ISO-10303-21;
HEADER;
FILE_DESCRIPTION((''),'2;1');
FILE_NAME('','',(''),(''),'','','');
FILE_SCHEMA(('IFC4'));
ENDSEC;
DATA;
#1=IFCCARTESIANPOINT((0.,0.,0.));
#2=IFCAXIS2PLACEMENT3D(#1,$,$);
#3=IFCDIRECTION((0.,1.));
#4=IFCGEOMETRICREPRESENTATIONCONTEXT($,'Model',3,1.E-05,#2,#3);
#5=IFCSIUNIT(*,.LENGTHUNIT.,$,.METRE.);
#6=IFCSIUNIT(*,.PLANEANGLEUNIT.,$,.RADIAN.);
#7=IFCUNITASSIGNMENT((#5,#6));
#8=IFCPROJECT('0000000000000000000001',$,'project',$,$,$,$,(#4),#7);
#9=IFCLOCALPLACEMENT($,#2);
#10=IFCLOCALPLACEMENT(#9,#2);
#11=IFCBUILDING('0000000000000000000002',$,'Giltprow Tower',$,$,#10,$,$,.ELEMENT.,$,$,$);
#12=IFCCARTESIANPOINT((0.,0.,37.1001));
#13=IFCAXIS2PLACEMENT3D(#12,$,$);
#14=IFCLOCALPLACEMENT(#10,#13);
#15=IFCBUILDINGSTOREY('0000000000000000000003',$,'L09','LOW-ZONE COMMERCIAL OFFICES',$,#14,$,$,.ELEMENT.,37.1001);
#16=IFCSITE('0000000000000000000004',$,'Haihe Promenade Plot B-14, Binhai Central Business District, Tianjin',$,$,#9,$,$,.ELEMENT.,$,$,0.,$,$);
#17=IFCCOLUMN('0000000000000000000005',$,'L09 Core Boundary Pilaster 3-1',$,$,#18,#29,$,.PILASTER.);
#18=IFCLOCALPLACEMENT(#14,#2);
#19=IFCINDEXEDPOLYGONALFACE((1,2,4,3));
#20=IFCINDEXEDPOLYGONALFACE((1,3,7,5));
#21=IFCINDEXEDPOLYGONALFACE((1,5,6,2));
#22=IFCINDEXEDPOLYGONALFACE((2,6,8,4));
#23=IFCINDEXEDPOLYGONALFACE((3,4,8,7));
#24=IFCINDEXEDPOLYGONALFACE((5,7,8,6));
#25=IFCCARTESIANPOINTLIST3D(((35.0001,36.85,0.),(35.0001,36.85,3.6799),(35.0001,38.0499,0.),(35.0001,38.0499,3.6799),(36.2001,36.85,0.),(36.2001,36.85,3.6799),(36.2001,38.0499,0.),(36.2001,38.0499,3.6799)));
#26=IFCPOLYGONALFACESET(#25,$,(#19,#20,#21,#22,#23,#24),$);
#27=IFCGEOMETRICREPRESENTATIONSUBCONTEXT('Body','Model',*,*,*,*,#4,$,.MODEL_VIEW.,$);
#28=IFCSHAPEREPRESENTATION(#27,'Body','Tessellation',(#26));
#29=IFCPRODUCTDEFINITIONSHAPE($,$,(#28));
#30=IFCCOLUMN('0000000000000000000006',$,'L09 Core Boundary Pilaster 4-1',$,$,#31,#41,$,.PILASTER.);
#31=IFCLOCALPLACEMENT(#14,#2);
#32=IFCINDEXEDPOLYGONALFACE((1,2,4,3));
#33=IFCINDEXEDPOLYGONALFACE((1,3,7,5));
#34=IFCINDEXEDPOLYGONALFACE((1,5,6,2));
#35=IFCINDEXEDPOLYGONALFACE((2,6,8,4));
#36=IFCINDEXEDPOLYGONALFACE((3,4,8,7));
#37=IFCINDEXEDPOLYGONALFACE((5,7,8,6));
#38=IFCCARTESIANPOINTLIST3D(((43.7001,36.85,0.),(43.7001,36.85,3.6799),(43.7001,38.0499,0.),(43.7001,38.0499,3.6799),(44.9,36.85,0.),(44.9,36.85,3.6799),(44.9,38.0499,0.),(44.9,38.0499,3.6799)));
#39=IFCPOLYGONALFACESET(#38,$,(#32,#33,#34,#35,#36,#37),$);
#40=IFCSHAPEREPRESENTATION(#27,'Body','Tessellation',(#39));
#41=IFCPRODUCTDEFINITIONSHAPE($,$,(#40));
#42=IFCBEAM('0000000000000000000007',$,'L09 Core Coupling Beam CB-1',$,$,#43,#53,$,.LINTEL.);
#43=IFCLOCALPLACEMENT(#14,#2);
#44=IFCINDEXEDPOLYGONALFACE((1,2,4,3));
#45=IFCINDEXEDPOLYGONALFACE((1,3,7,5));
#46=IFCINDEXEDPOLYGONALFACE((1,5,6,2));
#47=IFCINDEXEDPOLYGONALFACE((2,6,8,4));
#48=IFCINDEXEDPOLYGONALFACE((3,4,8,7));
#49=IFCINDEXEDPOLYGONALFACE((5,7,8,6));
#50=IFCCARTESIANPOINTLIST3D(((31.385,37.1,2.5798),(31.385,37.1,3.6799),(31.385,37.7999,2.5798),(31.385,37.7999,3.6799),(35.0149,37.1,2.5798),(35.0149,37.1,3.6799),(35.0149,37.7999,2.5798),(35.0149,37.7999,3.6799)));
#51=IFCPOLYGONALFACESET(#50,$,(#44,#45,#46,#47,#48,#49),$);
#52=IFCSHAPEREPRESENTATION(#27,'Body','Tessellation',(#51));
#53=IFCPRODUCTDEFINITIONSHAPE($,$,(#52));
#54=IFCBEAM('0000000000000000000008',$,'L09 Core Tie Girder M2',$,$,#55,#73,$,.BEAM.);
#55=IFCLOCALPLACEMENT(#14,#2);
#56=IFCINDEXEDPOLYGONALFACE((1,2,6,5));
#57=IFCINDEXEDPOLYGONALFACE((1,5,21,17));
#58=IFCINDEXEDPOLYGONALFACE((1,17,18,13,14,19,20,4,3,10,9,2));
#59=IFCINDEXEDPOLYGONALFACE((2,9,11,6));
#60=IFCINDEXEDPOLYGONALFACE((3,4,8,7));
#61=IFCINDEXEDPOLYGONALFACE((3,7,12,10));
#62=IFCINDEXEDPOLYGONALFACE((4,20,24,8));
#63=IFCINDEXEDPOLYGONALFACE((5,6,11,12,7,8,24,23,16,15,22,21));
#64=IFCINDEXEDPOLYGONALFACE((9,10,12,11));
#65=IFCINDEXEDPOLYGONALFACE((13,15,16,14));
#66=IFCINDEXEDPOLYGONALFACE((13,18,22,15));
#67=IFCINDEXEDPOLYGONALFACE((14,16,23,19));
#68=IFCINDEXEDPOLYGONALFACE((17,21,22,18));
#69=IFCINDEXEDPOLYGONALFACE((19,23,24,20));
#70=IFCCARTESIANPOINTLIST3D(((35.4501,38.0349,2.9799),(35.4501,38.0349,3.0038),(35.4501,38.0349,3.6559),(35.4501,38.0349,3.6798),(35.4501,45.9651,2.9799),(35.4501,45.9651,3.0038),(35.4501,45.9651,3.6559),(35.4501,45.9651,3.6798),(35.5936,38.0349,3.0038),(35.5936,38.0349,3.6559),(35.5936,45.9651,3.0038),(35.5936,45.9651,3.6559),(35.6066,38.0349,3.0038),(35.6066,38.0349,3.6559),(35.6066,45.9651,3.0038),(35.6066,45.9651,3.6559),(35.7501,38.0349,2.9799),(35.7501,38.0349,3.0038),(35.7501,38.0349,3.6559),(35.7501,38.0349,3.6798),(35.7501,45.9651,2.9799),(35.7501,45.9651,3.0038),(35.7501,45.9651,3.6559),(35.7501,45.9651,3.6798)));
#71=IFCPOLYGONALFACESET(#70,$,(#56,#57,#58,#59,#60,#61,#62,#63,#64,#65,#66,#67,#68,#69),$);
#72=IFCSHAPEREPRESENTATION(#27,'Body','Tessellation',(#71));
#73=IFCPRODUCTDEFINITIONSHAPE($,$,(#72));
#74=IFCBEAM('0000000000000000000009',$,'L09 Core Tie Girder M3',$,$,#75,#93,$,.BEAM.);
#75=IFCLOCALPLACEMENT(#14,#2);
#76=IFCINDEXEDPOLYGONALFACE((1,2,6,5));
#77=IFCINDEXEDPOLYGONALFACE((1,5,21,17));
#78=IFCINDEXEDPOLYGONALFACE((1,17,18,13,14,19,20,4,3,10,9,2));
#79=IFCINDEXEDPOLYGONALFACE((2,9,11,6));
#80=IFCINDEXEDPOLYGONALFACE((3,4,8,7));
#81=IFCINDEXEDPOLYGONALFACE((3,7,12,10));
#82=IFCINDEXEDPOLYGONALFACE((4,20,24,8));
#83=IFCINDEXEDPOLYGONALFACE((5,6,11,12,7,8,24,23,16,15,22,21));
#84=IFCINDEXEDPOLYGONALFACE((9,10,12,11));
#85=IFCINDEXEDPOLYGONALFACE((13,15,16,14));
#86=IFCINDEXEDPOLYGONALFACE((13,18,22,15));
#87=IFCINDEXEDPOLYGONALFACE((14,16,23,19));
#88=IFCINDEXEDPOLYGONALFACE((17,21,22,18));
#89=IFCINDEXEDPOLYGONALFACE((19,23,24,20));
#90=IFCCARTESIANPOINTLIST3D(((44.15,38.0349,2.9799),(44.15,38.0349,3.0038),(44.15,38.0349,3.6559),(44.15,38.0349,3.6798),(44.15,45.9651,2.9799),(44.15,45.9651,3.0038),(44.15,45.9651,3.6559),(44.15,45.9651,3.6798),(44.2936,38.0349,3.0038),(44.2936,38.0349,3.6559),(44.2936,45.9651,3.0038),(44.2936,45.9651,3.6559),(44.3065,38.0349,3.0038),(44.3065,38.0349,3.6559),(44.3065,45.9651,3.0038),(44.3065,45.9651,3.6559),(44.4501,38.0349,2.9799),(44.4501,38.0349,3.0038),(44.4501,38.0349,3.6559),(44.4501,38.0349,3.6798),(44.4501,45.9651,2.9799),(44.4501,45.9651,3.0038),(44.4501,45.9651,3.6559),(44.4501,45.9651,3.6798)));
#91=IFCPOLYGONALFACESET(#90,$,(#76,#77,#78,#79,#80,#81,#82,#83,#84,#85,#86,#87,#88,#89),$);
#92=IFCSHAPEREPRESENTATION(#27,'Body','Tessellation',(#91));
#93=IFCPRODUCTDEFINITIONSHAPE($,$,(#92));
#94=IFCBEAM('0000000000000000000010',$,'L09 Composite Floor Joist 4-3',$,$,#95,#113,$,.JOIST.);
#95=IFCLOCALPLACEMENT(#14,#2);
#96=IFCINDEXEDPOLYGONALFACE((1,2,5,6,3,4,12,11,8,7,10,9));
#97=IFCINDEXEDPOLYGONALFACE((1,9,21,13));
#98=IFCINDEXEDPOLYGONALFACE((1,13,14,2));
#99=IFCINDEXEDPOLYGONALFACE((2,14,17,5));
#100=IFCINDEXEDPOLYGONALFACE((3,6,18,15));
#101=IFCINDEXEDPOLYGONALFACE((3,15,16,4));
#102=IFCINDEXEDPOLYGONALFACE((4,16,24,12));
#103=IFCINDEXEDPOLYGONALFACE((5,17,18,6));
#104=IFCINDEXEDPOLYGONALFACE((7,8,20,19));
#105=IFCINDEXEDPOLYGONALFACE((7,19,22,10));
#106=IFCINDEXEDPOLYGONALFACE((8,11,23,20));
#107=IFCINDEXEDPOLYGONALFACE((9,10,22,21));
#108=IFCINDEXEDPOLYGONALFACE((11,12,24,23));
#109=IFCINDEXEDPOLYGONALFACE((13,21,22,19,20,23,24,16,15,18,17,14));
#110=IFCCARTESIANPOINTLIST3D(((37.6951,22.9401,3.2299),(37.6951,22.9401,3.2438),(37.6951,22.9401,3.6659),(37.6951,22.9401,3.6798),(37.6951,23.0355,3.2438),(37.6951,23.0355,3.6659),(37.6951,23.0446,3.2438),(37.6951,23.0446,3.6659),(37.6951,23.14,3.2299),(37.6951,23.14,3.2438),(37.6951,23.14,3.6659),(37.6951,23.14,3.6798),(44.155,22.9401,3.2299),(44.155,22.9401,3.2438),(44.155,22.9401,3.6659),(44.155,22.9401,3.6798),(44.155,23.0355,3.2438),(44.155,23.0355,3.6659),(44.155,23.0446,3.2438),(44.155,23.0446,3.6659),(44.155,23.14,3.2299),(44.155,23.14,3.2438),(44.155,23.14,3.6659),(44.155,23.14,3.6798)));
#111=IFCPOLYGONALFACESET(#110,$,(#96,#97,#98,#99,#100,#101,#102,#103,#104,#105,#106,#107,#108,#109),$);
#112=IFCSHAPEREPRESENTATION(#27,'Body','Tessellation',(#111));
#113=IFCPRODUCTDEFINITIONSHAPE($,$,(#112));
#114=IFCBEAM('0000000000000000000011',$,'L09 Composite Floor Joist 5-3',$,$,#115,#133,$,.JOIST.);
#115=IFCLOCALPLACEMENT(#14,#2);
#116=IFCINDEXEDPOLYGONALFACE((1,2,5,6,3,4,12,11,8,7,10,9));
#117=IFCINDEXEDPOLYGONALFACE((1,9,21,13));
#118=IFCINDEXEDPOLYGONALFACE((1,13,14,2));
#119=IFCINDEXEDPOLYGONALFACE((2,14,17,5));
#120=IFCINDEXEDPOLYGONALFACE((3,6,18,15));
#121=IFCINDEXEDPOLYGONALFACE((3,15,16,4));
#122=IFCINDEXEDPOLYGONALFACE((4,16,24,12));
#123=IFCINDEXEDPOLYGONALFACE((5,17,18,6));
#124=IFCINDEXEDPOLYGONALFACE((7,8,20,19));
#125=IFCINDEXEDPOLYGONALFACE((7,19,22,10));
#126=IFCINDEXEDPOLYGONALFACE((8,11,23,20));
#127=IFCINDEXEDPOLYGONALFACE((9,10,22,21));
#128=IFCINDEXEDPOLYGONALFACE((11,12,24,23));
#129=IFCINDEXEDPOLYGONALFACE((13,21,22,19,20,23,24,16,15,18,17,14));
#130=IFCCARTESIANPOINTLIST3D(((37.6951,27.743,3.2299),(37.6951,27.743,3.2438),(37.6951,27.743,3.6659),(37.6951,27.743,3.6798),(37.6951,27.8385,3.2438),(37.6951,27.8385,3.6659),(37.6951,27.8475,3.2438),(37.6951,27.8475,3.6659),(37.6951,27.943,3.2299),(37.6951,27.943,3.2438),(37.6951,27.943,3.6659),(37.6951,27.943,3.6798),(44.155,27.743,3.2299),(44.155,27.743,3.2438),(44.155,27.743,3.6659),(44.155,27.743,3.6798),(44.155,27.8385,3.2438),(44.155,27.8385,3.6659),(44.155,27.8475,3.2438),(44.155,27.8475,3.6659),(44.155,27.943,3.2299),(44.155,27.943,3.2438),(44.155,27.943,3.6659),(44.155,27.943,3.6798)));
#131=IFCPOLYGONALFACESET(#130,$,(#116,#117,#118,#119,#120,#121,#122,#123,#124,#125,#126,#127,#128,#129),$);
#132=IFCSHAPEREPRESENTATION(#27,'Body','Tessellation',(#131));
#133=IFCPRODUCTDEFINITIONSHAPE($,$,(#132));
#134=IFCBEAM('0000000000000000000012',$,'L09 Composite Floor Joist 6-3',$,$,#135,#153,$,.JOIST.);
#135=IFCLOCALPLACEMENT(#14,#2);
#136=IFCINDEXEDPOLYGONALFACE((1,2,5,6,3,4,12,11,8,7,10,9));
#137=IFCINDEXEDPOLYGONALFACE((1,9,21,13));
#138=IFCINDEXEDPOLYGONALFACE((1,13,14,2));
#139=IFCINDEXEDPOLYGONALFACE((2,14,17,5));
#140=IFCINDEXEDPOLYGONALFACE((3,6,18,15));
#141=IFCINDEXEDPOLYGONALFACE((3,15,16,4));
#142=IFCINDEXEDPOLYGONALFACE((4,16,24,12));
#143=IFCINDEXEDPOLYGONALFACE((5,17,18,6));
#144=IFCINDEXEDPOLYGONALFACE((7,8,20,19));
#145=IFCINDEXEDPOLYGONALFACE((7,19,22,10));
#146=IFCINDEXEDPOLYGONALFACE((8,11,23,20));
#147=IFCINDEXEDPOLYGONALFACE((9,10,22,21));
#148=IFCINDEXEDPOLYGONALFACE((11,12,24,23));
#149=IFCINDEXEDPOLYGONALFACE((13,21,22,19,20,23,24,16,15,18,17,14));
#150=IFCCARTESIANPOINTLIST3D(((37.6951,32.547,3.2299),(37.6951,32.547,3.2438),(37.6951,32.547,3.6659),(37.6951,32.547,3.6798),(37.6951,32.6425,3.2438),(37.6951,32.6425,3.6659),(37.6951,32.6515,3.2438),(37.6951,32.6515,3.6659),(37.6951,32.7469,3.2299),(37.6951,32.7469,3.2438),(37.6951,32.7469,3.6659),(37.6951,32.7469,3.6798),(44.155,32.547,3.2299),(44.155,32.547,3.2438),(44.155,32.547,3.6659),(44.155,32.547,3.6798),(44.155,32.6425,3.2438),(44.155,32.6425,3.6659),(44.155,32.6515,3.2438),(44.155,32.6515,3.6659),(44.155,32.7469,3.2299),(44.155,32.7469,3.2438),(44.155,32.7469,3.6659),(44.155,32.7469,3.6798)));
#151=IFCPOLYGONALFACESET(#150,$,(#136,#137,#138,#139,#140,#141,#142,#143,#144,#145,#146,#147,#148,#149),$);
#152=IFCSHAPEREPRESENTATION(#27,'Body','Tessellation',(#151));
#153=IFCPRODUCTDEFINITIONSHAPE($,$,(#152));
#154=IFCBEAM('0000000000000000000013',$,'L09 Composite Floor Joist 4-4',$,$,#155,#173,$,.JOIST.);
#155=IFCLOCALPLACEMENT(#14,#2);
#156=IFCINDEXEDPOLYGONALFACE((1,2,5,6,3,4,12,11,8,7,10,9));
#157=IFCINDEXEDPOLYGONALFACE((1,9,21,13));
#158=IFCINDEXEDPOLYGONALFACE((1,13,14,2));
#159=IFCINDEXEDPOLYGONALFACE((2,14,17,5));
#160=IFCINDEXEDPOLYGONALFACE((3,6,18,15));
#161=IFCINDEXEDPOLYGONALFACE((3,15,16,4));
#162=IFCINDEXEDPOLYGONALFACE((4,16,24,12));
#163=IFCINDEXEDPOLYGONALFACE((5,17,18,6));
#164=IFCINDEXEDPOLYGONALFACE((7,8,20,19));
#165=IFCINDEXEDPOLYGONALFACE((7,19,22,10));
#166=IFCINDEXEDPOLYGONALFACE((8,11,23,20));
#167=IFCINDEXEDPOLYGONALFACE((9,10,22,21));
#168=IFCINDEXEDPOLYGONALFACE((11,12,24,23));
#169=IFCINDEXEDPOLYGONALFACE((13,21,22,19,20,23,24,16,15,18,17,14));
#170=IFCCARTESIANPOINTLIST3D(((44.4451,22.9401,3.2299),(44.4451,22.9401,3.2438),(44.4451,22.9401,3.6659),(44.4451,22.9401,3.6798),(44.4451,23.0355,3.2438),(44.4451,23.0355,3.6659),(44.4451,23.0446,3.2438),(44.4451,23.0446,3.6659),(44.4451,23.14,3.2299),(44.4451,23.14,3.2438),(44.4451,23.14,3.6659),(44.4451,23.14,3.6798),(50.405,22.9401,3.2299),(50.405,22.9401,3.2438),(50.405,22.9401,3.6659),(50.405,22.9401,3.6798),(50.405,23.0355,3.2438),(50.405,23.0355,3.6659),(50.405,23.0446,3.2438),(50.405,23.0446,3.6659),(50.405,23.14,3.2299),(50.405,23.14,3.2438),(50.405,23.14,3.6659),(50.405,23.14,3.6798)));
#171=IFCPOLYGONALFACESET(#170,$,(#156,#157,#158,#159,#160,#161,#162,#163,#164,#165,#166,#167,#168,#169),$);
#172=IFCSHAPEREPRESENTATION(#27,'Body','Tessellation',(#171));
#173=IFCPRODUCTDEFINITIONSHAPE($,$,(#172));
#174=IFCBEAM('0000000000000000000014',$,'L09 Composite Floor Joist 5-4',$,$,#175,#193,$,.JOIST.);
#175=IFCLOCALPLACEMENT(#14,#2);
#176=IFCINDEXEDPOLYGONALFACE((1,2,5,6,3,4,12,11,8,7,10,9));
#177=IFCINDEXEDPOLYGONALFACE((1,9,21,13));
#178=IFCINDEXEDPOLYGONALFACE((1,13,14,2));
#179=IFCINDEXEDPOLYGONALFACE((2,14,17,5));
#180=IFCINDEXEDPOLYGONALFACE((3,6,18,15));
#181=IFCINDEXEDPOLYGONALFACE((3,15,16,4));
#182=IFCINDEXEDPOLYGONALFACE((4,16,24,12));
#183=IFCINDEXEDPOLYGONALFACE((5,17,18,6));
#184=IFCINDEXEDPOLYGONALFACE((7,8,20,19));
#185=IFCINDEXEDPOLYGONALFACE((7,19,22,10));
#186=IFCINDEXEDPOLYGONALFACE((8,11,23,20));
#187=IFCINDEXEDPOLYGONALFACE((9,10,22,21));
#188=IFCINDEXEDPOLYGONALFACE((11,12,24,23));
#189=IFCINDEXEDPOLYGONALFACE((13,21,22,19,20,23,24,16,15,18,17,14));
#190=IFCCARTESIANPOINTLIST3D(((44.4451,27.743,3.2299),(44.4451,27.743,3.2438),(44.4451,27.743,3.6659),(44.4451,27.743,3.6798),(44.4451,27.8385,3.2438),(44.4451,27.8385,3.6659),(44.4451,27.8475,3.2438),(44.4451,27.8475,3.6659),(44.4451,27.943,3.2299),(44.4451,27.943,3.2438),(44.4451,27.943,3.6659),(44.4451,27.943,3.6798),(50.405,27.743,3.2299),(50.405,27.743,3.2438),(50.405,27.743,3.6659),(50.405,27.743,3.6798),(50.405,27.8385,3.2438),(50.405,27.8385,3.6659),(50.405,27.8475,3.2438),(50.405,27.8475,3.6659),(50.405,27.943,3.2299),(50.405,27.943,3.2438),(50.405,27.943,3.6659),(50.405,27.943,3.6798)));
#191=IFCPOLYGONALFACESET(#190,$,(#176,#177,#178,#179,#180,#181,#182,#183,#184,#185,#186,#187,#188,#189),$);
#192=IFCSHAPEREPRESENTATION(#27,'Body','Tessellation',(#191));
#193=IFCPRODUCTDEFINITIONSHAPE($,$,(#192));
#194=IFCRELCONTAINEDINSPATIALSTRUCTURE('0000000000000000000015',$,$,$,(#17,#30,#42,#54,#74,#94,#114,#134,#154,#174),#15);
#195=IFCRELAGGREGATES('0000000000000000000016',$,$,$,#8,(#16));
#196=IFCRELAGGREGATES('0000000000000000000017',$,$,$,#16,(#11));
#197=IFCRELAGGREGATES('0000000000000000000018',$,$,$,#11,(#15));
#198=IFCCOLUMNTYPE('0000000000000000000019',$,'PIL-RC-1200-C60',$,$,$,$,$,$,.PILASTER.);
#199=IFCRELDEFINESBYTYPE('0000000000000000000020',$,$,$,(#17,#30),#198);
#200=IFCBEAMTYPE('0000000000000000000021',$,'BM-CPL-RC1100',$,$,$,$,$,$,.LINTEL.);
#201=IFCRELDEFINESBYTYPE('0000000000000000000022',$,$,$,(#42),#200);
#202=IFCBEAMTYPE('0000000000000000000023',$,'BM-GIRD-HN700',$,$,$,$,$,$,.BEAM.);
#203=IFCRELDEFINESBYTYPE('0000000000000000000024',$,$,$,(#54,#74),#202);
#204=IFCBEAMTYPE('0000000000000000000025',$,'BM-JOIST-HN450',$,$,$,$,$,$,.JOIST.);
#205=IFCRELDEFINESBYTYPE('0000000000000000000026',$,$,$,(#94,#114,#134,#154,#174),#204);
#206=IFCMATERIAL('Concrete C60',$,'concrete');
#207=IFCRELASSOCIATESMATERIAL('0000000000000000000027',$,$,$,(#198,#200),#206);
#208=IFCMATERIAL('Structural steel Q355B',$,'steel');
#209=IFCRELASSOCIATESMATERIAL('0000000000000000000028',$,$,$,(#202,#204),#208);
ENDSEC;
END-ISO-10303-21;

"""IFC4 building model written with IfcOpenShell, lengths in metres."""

from ifc_helpers import new_model, si_unit, direction, frame, origin, origin_2d, place, context, subcontext, project, spatial, rectangle, i_section, extrude, source, transform, mapped, material, material_profile, profile_set, type_object, element, save


model = new_model("IFC4")

# Units and contexts
model_context = context("Model", 3, precision=1e-05, world=origin(), true_north=direction((0.0, 1.0)))
body_context = subcontext(model_context, "Body", "Model", "MODEL_VIEW")
ifc_project = project(units=[si_unit("LENGTHUNIT", "METRE"), si_unit("PLANEANGLEUNIT", "RADIAN")], contexts=[model_context])

# Site, building, storey
site_placement = place(None, origin())
site = spatial("IfcSite", under=ifc_project, at=site_placement, Name="Haihe Promenade Plot B-14, Binhai Central Business District, Tianjin", CompositionType="ELEMENT", RefElevation=0.0)
building_placement = place(site_placement, origin())
building = spatial("IfcBuilding", under=site, at=building_placement, Name="Giltprow Tower", CompositionType="ELEMENT")
storey_placement = place(building_placement, frame((0.0, 0.0, 37.1001)))
storey = spatial("IfcBuildingStorey", under=building, at=storey_placement, Name="L09", Description="LOW-ZONE COMMERCIAL OFFICES", CompositionType="ELEMENT", Elevation=37.1001)

# Columns
ifc_material_1 = material(Name="Concrete C60", Category="concrete")
ifc_material_profile_1 = material_profile(ifc_material_1, rectangle(XDim=1.2, YDim=1.2, at=origin_2d()), Name="RC 1200x1200")
ifc_profile_set_1 = profile_set([ifc_material_profile_1], Name="Concrete C60")
column_type = type_object("IfcColumnType", Name="PIL-RC-1200-C60", PredefinedType="PILASTER", material=ifc_profile_set_1)
shared_shape_1 = source(origin(), body_context, "Body", "SweptSolid", [
    extrude(rectangle(XDim=1.2, YDim=1.2, at=origin_2d()), origin(), (0.0, 0.0, 1.0), 3.6799),
])
for number, where, z_axis, x_axis, name in (
    (1, (35.6001, 37.45, 0.0), (0.0, 0.0, 1.0), (1.0, 0.0, 0.0), "L09 Core Boundary Pilaster 3-1"),
    (2, (44.3, 37.45, 0.0), (0.0, 0.0, 1.0), (1.0, 0.0, 0.0), "L09 Core Boundary Pilaster 4-1"),
):
    element("IfcColumn", number, at=place(storey_placement, frame(where, z_axis=z_axis, x_axis=x_axis)), inside=storey, type_object=column_type, Name=name, PredefinedType="PILASTER", context=body_context, shape_type="MappedRepresentation", body=[
        mapped(shared_shape_1, transform((0.0, 0.0, 0.0), x_axis=(1.0, 0.0, 0.0), y_axis=(0.0, 1.0, 0.0), z_axis=(0.0, 0.0, 1.0), scale=1.0)),
    ])

# Beams
ifc_material_profile_2 = material_profile(ifc_material_1, rectangle(XDim=0.7, YDim=1.1001, at=origin_2d()), Name="RC 1100x700")
ifc_profile_set_2 = profile_set([ifc_material_profile_2], Name="Concrete C60")
beam_type_1 = type_object("IfcBeamType", Name="BM-CPL-RC1100", PredefinedType="LINTEL", material=ifc_profile_set_2)
shared_shape_2 = source(origin(), body_context, "Body", "SweptSolid", [
    extrude(rectangle(XDim=0.7, YDim=1.1001, at=origin_2d()), origin(), (0.0, 0.0, 1.0), 3.6299),
])
beam_placement = place(storey_placement, frame((31.385, 37.45, 3.1299), z_axis=(1.0, 0.0, 0.0), x_axis=(0.0, 1.0, 0.0)))
element("IfcBeam", 3, at=beam_placement, inside=storey, type_object=beam_type_1, Name="L09 Core Coupling Beam CB-1", PredefinedType="LINTEL", context=body_context, shape_type="MappedRepresentation", body=[
    mapped(shared_shape_2, transform((0.0, 0.0, 0.0), x_axis=(1.0, 0.0, 0.0), y_axis=(0.0, 1.0, 0.0), z_axis=(0.0, 0.0, 1.0), scale=1.0)),
])
ifc_material_2 = material(Name="Structural steel Q355B", Category="steel")
ifc_material_profile_3 = material_profile(ifc_material_2, i_section(OverallWidth=0.3, OverallDepth=0.7, WebThickness=0.0129, FlangeThickness=0.0239, at=origin_2d()), Name="HN 700x300x13x24")
ifc_profile_set_3 = profile_set([ifc_material_profile_3], Name="Structural steel Q355B")
beam_type_2 = type_object("IfcBeamType", Name="BM-GIRD-HN700", PredefinedType="BEAM", material=ifc_profile_set_3)
shared_shape_3 = source(origin(), body_context, "Body", "SweptSolid", [
    extrude(i_section(OverallWidth=0.3, OverallDepth=0.7, WebThickness=0.0129, FlangeThickness=0.0239, at=origin_2d()), origin(), (0.0, 0.0, 1.0), 7.9302),
])
for number, where, z_axis, x_axis, name in (
    (4, (35.6001, 38.0349, 3.3298), (0.0, 1.0, 0.0), (-1.0, 0.0, 0.0), "L09 Core Tie Girder M2"),
    (5, (44.3, 38.0349, 3.3298), (0.0, 1.0, 0.0), (-1.0, 0.0, 0.0), "L09 Core Tie Girder M3"),
):
    element("IfcBeam", number, at=place(storey_placement, frame(where, z_axis=z_axis, x_axis=x_axis)), inside=storey, type_object=beam_type_2, Name=name, PredefinedType="BEAM", context=body_context, shape_type="MappedRepresentation", body=[
        mapped(shared_shape_3, transform((0.0, 0.0, 0.0), x_axis=(1.0, 0.0, 0.0), y_axis=(0.0, 1.0, 0.0), z_axis=(0.0, 0.0, 1.0), scale=1.0)),
    ])
ifc_material_profile_4 = material_profile(ifc_material_2, i_section(OverallWidth=0.2, OverallDepth=0.45, WebThickness=0.009, FlangeThickness=0.0139, at=origin_2d()), Name="HN 450x200x9x14")
ifc_profile_set_4 = profile_set([ifc_material_profile_4], Name="Structural steel Q355B")
beam_type_3 = type_object("IfcBeamType", Name="BM-JOIST-HN450", PredefinedType="JOIST", material=ifc_profile_set_4)
shared_shape_4 = source(origin(), body_context, "Body", "SweptSolid", [
    extrude(i_section(OverallWidth=0.2, OverallDepth=0.45, WebThickness=0.009, FlangeThickness=0.0139, at=origin_2d()), origin(), (0.0, 0.0, 1.0), 6.46),
])
for number, where, z_axis, x_axis, name in (
    (6, (37.6951, 23.04, 3.4548), (1.0, 0.0, 0.0), (0.0, 1.0, 0.0), "L09 Composite Floor Joist 4-3"),
    (7, (37.6951, 27.843, 3.4548), (1.0, 0.0, 0.0), (0.0, 1.0, 0.0), "L09 Composite Floor Joist 5-3"),
    (8, (37.6951, 32.647, 3.4548), (1.0, 0.0, 0.0), (0.0, 1.0, 0.0), "L09 Composite Floor Joist 6-3"),
):
    element("IfcBeam", number, at=place(storey_placement, frame(where, z_axis=z_axis, x_axis=x_axis)), inside=storey, type_object=beam_type_3, Name=name, PredefinedType="JOIST", context=body_context, shape_type="MappedRepresentation", body=[
        mapped(shared_shape_4, transform((0.0, 0.0, 0.0), x_axis=(1.0, 0.0, 0.0), y_axis=(0.0, 1.0, 0.0), z_axis=(0.0, 0.0, 1.0), scale=1.0)),
    ])
shared_shape_5 = source(origin(), body_context, "Body", "SweptSolid", [
    extrude(i_section(OverallWidth=0.2, OverallDepth=0.45, WebThickness=0.009, FlangeThickness=0.0139, at=origin_2d()), origin(), (0.0, 0.0, 1.0), 5.96),
])
for number, where, z_axis, x_axis, name in (
    (9, (44.4451, 23.04, 3.4548), (1.0, 0.0, 0.0), (0.0, 1.0, 0.0), "L09 Composite Floor Joist 4-4"),
    (10, (44.4451, 27.843, 3.4548), (1.0, 0.0, 0.0), (0.0, 1.0, 0.0), "L09 Composite Floor Joist 5-4"),
):
    element("IfcBeam", number, at=place(storey_placement, frame(where, z_axis=z_axis, x_axis=x_axis)), inside=storey, type_object=beam_type_3, Name=name, PredefinedType="JOIST", context=body_context, shape_type="MappedRepresentation", body=[
        mapped(shared_shape_5, transform((0.0, 0.0, 0.0), x_axis=(1.0, 0.0, 0.0), y_axis=(0.0, 1.0, 0.0), z_axis=(0.0, 0.0, 1.0), scale=1.0)),
    ])

save(model, "model.ifc")
